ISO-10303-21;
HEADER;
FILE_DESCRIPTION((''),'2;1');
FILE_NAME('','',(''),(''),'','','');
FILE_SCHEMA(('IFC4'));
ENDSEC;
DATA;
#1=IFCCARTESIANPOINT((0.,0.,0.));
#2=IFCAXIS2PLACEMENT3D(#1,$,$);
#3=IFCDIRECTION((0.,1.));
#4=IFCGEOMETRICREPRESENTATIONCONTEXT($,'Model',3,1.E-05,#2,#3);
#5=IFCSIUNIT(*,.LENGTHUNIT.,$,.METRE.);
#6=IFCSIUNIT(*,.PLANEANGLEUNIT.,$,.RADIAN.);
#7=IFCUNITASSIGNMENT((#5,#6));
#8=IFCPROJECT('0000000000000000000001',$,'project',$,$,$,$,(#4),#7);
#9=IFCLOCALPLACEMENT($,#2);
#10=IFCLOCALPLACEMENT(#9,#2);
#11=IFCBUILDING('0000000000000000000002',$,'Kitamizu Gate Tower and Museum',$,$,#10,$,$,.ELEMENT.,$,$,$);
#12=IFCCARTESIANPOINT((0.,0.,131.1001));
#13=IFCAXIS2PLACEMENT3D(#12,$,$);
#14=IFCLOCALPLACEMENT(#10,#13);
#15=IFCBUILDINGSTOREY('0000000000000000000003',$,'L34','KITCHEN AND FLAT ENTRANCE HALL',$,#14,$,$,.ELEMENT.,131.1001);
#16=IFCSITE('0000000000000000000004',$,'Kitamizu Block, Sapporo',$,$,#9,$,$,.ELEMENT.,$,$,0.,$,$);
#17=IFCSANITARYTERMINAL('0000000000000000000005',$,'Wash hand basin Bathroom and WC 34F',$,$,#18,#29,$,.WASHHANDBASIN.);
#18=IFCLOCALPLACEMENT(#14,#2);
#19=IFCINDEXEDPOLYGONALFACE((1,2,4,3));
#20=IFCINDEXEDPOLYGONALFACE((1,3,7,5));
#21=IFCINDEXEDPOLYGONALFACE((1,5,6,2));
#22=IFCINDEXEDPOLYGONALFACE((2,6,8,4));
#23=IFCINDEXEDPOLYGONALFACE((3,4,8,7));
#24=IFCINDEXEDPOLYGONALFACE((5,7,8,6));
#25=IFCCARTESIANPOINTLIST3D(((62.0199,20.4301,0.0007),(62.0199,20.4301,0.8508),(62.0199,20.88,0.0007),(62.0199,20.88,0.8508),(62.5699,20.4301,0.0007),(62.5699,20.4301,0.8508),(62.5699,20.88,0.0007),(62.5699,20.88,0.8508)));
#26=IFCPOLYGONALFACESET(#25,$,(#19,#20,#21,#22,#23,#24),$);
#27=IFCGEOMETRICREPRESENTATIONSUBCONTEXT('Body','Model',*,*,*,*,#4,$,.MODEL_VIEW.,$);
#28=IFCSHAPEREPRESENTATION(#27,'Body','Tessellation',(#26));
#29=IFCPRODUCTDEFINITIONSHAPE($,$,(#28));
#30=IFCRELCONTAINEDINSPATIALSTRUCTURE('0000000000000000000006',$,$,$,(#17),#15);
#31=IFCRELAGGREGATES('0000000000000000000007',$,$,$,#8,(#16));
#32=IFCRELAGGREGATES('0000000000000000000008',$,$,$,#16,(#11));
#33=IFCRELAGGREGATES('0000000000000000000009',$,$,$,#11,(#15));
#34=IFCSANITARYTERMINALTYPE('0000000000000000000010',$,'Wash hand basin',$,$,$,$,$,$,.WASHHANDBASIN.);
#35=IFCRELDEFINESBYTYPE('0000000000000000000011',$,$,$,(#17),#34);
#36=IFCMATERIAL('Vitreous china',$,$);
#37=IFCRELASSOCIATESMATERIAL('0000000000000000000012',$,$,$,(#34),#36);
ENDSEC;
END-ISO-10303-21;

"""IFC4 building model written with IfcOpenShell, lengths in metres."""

from ifc_helpers import new_model, si_unit, direction, frame, origin, origin_2d, place, context, subcontext, project, spatial, rectangle, extrude, material, type_object, element, save


model = new_model("IFC4")

# Units and contexts
model_context = context("Model", 3, precision=1e-05, world=origin(), true_north=direction((0.0, 1.0)))
body_context = subcontext(model_context, "Body", "Model", "MODEL_VIEW")
ifc_project = project(units=[si_unit("LENGTHUNIT", "METRE"), si_unit("PLANEANGLEUNIT", "RADIAN")], contexts=[model_context])

# Site, building, storey
site_placement = place(None, origin())
site = spatial("IfcSite", under=ifc_project, at=site_placement, Name="Kitamizu Block, Sapporo", CompositionType="ELEMENT", RefElevation=0.0)
building_placement = place(site_placement, origin())
building = spatial("IfcBuilding", under=site, at=building_placement, Name="Kitamizu Gate Tower and Museum", CompositionType="ELEMENT")
storey_placement = place(building_placement, frame((0.0, 0.0, 131.1001)))
storey = spatial("IfcBuildingStorey", under=building, at=storey_placement, Name="L34", Description="KITCHEN AND FLAT ENTRANCE HALL", CompositionType="ELEMENT", Elevation=131.1001)

# Sanitary terminal
ifc_material_1 = material(Name="Vitreous china")
sanitary_terminal_type_1 = type_object("IfcSanitaryTerminalType", Name="Wash hand basin", PredefinedType="WASHHANDBASIN", material=ifc_material_1)
sanitary_terminal_1_placement = place(storey_placement, frame((62.2949, 20.655, 0.0007), z_axis=(0.0, 0.0, 1.0), x_axis=(1.0, 0.0, 0.0)))
element("IfcSanitaryTerminal", 1, at=sanitary_terminal_1_placement, inside=storey, type_object=sanitary_terminal_type_1, Name="Wash hand basin Bathroom and WC 34F", PredefinedType="WASHHANDBASIN", context=body_context, shape_type="SweptSolid", body=[
    extrude(rectangle(XDim=0.55, YDim=0.45, at=origin_2d()), origin(), (0.0, 0.0, 1.0), 0.8501),
])

save(model, "model.ifc")
